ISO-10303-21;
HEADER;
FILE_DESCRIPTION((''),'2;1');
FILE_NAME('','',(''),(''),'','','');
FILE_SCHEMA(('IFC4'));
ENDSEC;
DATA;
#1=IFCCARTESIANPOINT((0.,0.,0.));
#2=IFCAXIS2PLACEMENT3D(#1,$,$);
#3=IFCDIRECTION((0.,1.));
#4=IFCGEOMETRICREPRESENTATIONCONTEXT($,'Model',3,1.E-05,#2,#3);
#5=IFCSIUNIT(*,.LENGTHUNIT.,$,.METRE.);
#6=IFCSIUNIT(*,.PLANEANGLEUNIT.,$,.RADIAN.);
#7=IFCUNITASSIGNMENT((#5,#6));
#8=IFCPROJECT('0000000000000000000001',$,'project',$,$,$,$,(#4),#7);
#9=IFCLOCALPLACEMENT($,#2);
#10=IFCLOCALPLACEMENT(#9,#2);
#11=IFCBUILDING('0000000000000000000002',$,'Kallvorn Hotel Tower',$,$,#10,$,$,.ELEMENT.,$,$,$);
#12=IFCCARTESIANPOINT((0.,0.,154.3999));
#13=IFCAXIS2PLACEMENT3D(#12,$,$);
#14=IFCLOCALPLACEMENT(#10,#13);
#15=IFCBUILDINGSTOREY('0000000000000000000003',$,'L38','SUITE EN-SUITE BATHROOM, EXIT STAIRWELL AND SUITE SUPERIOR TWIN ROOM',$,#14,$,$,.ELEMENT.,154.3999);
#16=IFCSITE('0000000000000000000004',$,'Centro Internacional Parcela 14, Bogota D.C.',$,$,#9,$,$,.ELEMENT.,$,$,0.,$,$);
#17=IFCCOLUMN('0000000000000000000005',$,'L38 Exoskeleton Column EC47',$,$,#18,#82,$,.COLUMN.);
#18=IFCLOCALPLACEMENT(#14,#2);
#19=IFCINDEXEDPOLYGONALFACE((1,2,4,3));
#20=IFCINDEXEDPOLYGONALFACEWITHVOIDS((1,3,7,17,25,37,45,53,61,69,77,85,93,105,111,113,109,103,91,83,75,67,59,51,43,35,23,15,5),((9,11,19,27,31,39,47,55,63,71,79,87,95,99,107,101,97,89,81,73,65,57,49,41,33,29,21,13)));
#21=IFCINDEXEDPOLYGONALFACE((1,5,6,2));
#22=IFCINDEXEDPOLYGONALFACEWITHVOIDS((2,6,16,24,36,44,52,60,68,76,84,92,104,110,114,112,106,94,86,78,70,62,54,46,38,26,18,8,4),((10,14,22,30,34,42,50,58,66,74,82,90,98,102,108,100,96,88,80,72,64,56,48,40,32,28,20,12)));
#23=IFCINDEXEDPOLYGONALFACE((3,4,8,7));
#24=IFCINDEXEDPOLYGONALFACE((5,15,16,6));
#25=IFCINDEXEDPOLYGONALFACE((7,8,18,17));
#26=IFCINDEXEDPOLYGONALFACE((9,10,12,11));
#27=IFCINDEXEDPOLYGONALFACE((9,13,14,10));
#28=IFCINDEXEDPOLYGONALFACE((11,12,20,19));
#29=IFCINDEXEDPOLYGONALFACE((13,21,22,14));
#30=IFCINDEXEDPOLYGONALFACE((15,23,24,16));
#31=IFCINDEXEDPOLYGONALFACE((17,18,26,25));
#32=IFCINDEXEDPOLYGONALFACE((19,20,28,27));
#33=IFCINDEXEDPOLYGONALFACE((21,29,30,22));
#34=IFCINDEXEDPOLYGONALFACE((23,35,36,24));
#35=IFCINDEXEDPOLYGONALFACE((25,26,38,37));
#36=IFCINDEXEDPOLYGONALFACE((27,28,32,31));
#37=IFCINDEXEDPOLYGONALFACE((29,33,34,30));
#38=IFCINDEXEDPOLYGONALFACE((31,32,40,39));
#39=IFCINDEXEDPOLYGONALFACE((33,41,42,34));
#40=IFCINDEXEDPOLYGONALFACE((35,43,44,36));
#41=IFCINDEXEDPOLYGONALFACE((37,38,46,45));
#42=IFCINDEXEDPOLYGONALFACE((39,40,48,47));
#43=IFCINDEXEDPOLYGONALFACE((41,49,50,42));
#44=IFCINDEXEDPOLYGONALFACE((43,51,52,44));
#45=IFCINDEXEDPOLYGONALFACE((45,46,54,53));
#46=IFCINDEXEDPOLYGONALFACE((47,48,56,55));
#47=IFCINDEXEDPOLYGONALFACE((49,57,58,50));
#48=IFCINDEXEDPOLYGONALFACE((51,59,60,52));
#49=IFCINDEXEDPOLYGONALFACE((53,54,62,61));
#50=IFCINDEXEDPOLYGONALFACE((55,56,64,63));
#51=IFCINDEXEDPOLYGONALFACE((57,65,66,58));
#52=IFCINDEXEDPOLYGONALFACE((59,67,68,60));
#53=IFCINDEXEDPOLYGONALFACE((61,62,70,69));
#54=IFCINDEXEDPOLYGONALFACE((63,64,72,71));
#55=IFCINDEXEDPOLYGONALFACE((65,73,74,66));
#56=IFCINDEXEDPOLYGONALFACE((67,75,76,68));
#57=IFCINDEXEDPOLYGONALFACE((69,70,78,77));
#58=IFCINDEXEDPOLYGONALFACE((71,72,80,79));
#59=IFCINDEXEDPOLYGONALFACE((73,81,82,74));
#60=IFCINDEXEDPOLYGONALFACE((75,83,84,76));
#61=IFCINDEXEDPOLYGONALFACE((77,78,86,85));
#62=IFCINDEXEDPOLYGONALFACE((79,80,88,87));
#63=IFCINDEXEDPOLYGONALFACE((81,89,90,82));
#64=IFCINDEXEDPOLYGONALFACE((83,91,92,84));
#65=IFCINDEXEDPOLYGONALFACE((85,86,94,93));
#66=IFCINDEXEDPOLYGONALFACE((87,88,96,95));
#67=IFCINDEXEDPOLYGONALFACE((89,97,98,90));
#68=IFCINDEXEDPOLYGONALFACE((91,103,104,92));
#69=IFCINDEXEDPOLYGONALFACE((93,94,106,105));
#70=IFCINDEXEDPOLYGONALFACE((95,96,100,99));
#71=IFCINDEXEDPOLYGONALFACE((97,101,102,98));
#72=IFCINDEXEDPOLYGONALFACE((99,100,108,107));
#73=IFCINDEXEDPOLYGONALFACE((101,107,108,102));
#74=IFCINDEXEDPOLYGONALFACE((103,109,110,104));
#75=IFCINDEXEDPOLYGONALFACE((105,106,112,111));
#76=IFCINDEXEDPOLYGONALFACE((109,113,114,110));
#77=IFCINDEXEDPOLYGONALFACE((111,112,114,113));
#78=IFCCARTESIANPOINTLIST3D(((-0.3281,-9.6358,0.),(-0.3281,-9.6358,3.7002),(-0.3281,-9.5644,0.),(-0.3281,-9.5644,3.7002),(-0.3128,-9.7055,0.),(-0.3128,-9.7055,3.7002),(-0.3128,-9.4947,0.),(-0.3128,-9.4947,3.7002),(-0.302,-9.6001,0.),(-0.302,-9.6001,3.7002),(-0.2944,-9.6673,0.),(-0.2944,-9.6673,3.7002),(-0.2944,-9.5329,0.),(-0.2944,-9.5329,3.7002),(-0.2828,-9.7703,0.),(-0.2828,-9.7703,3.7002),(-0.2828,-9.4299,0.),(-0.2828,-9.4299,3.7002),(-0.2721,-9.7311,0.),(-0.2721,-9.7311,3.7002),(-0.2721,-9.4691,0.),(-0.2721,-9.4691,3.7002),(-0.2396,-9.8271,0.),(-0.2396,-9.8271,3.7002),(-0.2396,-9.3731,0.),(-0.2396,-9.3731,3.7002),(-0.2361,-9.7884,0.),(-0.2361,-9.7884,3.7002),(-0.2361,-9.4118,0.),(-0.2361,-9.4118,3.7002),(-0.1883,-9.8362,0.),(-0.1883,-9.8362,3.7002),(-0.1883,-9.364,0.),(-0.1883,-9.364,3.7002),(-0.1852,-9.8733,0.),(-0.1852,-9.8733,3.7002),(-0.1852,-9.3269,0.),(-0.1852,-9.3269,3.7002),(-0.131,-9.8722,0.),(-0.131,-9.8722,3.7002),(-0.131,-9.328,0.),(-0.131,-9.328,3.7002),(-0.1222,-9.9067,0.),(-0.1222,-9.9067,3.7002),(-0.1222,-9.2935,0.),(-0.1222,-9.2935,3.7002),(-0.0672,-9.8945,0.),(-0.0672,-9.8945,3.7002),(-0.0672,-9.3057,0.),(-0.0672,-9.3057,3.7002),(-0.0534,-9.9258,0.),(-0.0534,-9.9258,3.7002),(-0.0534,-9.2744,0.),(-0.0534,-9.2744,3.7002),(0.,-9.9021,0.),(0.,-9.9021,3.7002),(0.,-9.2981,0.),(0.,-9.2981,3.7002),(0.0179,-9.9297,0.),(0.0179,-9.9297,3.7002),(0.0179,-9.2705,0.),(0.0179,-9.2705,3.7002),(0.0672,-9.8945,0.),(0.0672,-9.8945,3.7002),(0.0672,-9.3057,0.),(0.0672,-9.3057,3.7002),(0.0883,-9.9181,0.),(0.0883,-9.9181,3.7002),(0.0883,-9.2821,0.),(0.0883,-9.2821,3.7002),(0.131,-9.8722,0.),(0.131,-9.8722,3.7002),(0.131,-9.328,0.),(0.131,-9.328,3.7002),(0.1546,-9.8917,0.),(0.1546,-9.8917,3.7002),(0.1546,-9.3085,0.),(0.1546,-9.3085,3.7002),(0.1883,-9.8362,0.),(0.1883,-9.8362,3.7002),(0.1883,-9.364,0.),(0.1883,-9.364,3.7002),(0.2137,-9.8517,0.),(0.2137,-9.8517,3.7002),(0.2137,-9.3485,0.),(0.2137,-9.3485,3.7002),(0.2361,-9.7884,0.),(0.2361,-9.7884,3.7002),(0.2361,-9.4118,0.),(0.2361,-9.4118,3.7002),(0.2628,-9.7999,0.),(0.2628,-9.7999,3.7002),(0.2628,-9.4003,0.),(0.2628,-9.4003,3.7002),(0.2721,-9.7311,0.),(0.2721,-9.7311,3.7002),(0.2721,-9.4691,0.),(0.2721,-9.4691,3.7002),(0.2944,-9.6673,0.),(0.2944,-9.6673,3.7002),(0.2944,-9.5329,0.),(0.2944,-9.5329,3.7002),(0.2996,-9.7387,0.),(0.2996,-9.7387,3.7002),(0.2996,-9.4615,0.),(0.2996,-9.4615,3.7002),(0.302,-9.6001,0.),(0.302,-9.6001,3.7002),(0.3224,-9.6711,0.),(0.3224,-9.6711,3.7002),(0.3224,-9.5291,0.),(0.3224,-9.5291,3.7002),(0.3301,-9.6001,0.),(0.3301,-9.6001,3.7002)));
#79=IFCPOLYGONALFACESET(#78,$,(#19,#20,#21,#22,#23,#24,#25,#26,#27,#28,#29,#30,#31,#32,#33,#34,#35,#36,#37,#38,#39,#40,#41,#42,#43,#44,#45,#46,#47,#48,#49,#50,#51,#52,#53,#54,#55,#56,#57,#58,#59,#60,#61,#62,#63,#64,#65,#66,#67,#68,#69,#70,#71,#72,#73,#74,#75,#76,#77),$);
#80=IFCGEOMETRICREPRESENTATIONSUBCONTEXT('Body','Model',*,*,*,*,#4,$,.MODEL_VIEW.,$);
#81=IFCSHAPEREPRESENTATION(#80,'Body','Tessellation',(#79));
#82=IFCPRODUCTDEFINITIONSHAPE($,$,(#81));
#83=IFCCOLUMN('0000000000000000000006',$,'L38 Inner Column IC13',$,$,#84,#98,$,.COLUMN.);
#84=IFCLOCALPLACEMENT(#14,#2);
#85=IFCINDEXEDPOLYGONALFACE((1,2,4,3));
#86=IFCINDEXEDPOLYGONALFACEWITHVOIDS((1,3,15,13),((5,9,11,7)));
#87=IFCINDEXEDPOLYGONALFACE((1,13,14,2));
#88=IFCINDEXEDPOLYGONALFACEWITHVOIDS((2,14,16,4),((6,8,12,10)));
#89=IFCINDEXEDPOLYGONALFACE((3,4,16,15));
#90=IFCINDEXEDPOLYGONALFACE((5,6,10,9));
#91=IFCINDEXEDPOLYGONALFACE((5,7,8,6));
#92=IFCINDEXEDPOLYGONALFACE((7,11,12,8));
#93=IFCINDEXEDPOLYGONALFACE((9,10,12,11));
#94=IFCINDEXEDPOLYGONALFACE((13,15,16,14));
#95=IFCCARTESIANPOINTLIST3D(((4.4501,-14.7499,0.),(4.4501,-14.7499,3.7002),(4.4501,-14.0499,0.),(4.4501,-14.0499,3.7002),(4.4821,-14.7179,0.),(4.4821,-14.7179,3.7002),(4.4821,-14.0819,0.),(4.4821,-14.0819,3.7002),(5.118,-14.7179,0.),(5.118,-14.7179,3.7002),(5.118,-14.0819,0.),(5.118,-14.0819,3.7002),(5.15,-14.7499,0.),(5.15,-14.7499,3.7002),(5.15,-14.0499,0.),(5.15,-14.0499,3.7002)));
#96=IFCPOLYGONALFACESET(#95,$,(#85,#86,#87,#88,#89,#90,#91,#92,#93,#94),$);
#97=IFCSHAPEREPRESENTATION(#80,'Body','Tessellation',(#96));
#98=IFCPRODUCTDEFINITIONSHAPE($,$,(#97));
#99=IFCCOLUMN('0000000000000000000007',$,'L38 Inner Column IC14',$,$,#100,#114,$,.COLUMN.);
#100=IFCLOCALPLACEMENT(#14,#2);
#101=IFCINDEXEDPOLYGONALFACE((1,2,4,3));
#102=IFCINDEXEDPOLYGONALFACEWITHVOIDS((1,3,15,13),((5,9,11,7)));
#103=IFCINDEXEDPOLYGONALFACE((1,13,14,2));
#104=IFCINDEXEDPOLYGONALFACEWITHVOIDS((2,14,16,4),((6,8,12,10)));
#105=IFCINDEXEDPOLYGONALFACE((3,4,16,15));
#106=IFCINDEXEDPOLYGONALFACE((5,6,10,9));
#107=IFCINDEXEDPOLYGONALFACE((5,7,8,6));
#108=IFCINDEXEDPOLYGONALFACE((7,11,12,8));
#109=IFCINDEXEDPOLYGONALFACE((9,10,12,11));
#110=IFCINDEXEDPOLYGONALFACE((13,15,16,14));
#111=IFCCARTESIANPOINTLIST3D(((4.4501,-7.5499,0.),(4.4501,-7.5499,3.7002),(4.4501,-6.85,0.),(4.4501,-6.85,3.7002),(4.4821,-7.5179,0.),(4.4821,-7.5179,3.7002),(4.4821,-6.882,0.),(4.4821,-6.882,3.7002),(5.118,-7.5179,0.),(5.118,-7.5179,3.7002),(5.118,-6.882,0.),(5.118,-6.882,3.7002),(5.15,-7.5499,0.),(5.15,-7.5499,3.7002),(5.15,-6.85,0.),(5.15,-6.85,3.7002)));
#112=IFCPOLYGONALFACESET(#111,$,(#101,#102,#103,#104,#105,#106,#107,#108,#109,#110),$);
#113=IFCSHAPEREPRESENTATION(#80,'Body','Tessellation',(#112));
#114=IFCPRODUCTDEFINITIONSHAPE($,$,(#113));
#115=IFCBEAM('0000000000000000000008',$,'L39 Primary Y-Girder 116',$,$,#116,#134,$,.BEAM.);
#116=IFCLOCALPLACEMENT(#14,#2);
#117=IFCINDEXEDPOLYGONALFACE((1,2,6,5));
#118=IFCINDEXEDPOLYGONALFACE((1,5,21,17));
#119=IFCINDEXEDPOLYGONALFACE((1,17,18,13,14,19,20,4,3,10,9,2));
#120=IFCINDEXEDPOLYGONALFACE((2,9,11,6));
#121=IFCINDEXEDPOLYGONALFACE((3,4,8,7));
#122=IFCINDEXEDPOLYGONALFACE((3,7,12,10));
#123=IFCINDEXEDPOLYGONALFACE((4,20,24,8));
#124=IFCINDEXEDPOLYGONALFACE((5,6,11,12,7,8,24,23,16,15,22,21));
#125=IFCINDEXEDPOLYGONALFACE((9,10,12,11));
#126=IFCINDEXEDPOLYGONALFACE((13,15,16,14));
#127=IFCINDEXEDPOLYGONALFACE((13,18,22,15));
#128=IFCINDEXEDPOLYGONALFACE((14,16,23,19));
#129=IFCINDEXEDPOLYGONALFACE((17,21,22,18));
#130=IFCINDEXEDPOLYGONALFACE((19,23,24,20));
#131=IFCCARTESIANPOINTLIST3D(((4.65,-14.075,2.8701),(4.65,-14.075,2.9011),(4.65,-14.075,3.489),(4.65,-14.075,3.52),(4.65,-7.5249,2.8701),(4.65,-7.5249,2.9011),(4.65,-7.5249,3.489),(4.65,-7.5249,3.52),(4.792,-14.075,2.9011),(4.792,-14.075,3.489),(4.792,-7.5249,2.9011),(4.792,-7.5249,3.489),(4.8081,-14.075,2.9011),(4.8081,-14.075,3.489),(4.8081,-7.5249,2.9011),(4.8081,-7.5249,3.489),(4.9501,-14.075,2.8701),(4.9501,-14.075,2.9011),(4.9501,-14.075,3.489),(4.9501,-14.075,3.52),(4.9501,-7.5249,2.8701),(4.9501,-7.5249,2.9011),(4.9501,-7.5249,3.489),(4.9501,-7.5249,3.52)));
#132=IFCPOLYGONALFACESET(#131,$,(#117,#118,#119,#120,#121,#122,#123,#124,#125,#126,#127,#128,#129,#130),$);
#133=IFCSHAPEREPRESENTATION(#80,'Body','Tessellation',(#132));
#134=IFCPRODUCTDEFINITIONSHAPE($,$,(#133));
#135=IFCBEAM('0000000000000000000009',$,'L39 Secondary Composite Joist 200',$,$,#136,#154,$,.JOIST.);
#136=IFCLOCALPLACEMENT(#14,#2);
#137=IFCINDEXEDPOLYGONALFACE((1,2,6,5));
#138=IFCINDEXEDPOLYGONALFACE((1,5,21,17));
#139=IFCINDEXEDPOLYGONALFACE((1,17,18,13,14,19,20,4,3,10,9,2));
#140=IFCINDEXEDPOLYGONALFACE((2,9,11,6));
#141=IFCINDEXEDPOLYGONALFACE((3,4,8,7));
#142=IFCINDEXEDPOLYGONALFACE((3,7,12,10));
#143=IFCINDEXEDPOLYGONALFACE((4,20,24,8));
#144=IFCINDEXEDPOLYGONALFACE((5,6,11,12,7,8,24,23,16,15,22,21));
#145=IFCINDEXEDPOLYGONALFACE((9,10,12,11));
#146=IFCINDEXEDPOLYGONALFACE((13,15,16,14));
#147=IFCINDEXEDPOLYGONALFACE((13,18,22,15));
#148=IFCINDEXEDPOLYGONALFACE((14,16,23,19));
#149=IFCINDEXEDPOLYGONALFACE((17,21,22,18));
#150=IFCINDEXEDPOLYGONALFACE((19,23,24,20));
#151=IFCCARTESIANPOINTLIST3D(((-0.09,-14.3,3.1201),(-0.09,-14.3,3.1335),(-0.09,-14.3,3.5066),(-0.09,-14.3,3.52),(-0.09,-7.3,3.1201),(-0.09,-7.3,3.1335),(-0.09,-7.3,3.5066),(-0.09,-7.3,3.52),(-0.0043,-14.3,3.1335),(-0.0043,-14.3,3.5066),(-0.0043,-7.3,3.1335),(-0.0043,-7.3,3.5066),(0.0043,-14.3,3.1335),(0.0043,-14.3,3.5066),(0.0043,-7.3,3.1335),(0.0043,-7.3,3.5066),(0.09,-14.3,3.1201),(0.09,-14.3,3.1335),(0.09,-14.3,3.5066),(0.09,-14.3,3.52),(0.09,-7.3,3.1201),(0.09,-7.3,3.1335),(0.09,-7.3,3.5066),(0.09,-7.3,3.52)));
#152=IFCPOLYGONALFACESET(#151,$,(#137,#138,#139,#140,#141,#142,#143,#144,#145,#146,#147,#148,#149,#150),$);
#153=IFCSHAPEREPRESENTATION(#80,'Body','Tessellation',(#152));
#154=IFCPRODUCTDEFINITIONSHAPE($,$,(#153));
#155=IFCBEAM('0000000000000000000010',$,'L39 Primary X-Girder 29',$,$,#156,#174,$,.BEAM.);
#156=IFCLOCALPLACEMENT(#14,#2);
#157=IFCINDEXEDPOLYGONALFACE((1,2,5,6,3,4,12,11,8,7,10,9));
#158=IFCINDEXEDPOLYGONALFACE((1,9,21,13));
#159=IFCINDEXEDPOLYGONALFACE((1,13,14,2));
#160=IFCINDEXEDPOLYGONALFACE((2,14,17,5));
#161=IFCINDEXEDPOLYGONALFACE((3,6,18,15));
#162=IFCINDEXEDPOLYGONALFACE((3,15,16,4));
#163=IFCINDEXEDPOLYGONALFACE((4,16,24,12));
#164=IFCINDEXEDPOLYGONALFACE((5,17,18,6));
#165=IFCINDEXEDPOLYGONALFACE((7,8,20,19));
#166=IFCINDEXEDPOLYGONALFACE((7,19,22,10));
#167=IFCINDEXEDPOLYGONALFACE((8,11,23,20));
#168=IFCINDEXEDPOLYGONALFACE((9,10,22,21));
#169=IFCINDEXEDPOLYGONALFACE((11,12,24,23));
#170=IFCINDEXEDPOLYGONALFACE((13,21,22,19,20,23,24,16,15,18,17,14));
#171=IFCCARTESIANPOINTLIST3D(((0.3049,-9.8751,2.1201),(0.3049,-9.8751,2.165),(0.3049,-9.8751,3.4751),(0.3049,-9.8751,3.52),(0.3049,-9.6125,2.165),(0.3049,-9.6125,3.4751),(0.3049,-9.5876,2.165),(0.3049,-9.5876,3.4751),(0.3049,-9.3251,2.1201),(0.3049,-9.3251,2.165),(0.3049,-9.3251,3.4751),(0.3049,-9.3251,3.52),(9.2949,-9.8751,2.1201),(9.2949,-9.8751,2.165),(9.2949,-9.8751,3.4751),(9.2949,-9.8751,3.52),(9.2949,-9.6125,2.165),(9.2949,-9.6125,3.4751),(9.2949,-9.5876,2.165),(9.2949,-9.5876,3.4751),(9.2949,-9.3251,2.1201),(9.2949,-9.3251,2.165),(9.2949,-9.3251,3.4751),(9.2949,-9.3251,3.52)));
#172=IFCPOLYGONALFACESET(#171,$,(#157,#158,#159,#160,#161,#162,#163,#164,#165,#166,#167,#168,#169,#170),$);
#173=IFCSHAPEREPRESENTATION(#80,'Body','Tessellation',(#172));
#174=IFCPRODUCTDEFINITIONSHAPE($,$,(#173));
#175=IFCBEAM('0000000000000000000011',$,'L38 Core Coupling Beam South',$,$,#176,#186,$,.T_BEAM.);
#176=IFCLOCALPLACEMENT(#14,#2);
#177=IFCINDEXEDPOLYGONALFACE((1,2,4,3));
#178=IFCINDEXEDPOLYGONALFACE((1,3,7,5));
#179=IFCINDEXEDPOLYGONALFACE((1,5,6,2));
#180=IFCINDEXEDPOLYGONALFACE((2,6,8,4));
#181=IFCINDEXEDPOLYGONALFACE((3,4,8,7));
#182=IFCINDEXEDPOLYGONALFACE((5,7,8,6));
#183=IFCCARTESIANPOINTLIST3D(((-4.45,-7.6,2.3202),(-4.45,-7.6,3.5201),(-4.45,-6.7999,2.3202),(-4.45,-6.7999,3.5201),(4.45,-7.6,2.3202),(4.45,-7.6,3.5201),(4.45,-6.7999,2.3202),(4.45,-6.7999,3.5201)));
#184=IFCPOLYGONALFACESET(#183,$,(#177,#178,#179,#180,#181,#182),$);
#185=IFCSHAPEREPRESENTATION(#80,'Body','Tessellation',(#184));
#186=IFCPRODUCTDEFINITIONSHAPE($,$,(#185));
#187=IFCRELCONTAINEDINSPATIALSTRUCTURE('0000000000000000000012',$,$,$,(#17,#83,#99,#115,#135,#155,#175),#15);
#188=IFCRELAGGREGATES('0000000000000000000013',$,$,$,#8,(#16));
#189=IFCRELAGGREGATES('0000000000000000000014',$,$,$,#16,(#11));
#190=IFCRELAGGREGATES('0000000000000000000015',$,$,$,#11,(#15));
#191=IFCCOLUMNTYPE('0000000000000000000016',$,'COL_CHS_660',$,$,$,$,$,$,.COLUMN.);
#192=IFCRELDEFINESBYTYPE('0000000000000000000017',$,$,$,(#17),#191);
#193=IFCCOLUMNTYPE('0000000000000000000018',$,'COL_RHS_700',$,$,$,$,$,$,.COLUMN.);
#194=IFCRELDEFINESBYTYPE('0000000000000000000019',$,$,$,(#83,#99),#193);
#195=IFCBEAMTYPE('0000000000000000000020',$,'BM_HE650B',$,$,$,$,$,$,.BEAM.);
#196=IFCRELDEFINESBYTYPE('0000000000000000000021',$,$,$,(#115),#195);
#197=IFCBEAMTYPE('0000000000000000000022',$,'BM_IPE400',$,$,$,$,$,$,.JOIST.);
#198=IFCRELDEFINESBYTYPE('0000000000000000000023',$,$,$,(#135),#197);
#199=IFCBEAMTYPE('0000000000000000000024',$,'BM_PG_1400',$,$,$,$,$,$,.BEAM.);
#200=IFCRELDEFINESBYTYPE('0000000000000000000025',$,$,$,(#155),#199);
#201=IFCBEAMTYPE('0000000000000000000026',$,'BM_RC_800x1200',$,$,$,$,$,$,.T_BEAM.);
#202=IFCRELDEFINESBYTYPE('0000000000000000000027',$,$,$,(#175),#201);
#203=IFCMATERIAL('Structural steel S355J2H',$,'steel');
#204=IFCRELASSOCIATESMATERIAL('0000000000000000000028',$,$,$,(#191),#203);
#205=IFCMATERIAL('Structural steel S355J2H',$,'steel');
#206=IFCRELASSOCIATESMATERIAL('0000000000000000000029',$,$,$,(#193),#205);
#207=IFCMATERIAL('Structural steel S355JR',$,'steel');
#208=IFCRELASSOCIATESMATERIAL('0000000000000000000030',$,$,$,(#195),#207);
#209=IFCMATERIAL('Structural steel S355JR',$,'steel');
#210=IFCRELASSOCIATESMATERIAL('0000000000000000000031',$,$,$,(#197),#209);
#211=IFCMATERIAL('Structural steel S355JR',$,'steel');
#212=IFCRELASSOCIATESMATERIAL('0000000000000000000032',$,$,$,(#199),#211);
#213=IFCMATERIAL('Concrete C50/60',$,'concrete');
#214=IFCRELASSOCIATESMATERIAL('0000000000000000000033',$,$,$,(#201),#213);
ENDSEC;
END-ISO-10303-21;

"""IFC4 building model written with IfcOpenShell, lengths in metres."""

from ifc_helpers import new_model, si_unit, direction, frame, origin, origin_2d, place, context, subcontext, project, spatial, rectangle, hollow_rectangle, hollow_circle, i_section, extrude, material, material_profile, profile_set, type_object, element, save


model = new_model("IFC4")

# Units and contexts
model_context = context("Model", 3, precision=1e-05, world=origin(), true_north=direction((0.0, 1.0)))
body_context = subcontext(model_context, "Body", "Model", "MODEL_VIEW")
ifc_project = project(units=[si_unit("LENGTHUNIT", "METRE"), si_unit("PLANEANGLEUNIT", "RADIAN")], contexts=[model_context])

# Site, building, storey
site_placement = place(None, origin())
site = spatial("IfcSite", under=ifc_project, at=site_placement, Name="Centro Internacional Parcela 14, Bogota D.C.", CompositionType="ELEMENT", RefElevation=0.0)
building_placement = place(site_placement, origin())
building = spatial("IfcBuilding", under=site, at=building_placement, Name="Kallvorn Hotel Tower", CompositionType="ELEMENT")
storey_placement = place(building_placement, frame((0.0, 0.0, 154.3999)))
storey = spatial("IfcBuildingStorey", under=building, at=storey_placement, Name="L38", Description="SUITE EN-SUITE BATHROOM, EXIT STAIRWELL AND SUITE SUPERIOR TWIN ROOM", CompositionType="ELEMENT", Elevation=154.3999)

# Columns
ifc_material_1 = material(Name="Structural steel S355J2H", Category="steel")
ifc_material_profile_1 = material_profile(ifc_material_1, hollow_circle(Radius=0.3301, WallThickness=0.0281, at=origin_2d()), Name="CHS 660x28")
ifc_profile_set_1 = profile_set([ifc_material_profile_1], Name="Structural steel S355J2H")
column_type_1 = type_object("IfcColumnType", Name="COL_CHS_660", PredefinedType="COLUMN", material=ifc_profile_set_1)
column_placement = place(storey_placement, frame((0.0, -9.6001, 0.0), z_axis=(0.0, 0.0, 1.0), x_axis=(1.0, 0.0, 0.0)))
element("IfcColumn", 1, at=column_placement, inside=storey, type_object=column_type_1, Name="L38 Exoskeleton Column EC47", PredefinedType="COLUMN", context=body_context, shape_type="SweptSolid", body=[
    extrude(hollow_circle(Radius=0.3301, WallThickness=0.0281, at=origin_2d()), origin(), (0.0, 0.0, 1.0), 3.7002),
])
ifc_material_2 = material(Name="Structural steel S355J2H", Category="steel")
ifc_material_profile_2 = material_profile(ifc_material_2, hollow_rectangle(XDim=0.7, YDim=0.7, WallThickness=0.032, at=origin_2d()), Name="RHS 700x700x32")
ifc_profile_set_2 = profile_set([ifc_material_profile_2], Name="Structural steel S355J2H")
column_type_2 = type_object("IfcColumnType", Name="COL_RHS_700", PredefinedType="COLUMN", material=ifc_profile_set_2)
for number, where, z_axis, x_axis, name in (
    (2, (4.8, -14.3999, 0.0), (0.0, 0.0, 1.0), (1.0, 0.0, 0.0), "L38 Inner Column IC13"),
    (3, (4.8, -7.2, 0.0), (0.0, 0.0, 1.0), (1.0, 0.0, 0.0), "L38 Inner Column IC14"),
):
    element("IfcColumn", number, at=place(storey_placement, frame(where, z_axis=z_axis, x_axis=x_axis)), inside=storey, type_object=column_type_2, Name=name, PredefinedType="COLUMN", context=body_context, shape_type="SweptSolid", body=[
        extrude(hollow_rectangle(XDim=0.7, YDim=0.7, WallThickness=0.032, at=origin_2d()), origin(), (0.0, 0.0, 1.0), 3.7002),
    ])

# Beams
ifc_material_3 = material(Name="Structural steel S355JR", Category="steel")
ifc_material_profile_3 = material_profile(ifc_material_3, i_section(OverallWidth=0.3, OverallDepth=0.6499, WebThickness=0.0161, FlangeThickness=0.031, at=origin_2d()), Name="HE 650 B")
ifc_profile_set_3 = profile_set([ifc_material_profile_3], Name="Structural steel S355JR")
beam_type_1 = type_object("IfcBeamType", Name="BM_HE650B", PredefinedType="BEAM", material=ifc_profile_set_3)
beam_1_placement = place(storey_placement, frame((4.8, -14.075, 3.1951), z_axis=(0.0, 1.0, 0.0), x_axis=(-1.0, 0.0, 0.0)))
element("IfcBeam", 4, at=beam_1_placement, inside=storey, type_object=beam_type_1, Name="L39 Primary Y-Girder 116", PredefinedType="BEAM", context=body_context, shape_type="SweptSolid", body=[
    extrude(i_section(OverallWidth=0.3, OverallDepth=0.6499, WebThickness=0.0161, FlangeThickness=0.031, at=origin_2d()), origin(), (0.0, 0.0, 1.0), 6.55),
])
ifc_material_4 = material(Name="Structural steel S355JR", Category="steel")
ifc_material_profile_4 = material_profile(ifc_material_4, i_section(OverallWidth=0.1799, OverallDepth=0.3999, WebThickness=0.0085, FlangeThickness=0.0134, at=origin_2d()), Name="IPE 400")
ifc_profile_set_4 = profile_set([ifc_material_profile_4], Name="Structural steel S355JR")
beam_type_2 = type_object("IfcBeamType", Name="BM_IPE400", PredefinedType="JOIST", material=ifc_profile_set_4)
beam_2_placement = place(storey_placement, frame((0.0, -14.3, 3.3201), z_axis=(0.0, 1.0, 0.0), x_axis=(-1.0, 0.0, 0.0)))
element("IfcBeam", 5, at=beam_2_placement, inside=storey, type_object=beam_type_2, Name="L39 Secondary Composite Joist 200", PredefinedType="JOIST", context=body_context, shape_type="SweptSolid", body=[
    extrude(i_section(OverallWidth=0.1799, OverallDepth=0.3999, WebThickness=0.0085, FlangeThickness=0.0134, at=origin_2d()), origin(), (0.0, 0.0, 1.0), 7.0),
])
ifc_material_5 = material(Name="Structural steel S355JR", Category="steel")
ifc_material_profile_5 = material_profile(ifc_material_5, i_section(OverallWidth=0.55, OverallDepth=1.3999, WebThickness=0.0249, FlangeThickness=0.0449, at=origin_2d()), Name="PG 1400x550x25x45")
ifc_profile_set_5 = profile_set([ifc_material_profile_5], Name="Structural steel S355JR")
beam_type_3 = type_object("IfcBeamType", Name="BM_PG_1400", PredefinedType="BEAM", material=ifc_profile_set_5)
beam_3_placement = place(storey_placement, frame((0.3049, -9.6001, 2.8201), z_axis=(1.0, 0.0, 0.0), x_axis=(0.0, 1.0, 0.0)))
element("IfcBeam", 6, at=beam_3_placement, inside=storey, type_object=beam_type_3, Name="L39 Primary X-Girder 29", PredefinedType="BEAM", context=body_context, shape_type="SweptSolid", body=[
    extrude(i_section(OverallWidth=0.55, OverallDepth=1.3999, WebThickness=0.0249, FlangeThickness=0.0449, at=origin_2d()), origin(), (0.0, 0.0, 1.0), 8.99),
])
ifc_material_6 = material(Name="Concrete C50/60", Category="concrete")
ifc_material_profile_6 = material_profile(ifc_material_6, rectangle(XDim=0.8, YDim=1.2, at=origin_2d()), Name="RC 800x1200")
ifc_profile_set_6 = profile_set([ifc_material_profile_6], Name="Concrete C50/60")
beam_type_4 = type_object("IfcBeamType", Name="BM_RC_800x1200", PredefinedType="T_BEAM", material=ifc_profile_set_6)
beam_4_placement = place(storey_placement, frame((-4.45, -7.2, 2.9202), z_axis=(1.0, 0.0, 0.0), x_axis=(0.0, 1.0, 0.0)))
element("IfcBeam", 7, at=beam_4_placement, inside=storey, type_object=beam_type_4, Name="L38 Core Coupling Beam South", PredefinedType="T_BEAM", context=body_context, shape_type="SweptSolid", body=[
    extrude(rectangle(XDim=0.8, YDim=1.2, at=origin_2d()), origin(), (0.0, 0.0, 1.0), 8.8999),
])

save(model, "model.ifc")
